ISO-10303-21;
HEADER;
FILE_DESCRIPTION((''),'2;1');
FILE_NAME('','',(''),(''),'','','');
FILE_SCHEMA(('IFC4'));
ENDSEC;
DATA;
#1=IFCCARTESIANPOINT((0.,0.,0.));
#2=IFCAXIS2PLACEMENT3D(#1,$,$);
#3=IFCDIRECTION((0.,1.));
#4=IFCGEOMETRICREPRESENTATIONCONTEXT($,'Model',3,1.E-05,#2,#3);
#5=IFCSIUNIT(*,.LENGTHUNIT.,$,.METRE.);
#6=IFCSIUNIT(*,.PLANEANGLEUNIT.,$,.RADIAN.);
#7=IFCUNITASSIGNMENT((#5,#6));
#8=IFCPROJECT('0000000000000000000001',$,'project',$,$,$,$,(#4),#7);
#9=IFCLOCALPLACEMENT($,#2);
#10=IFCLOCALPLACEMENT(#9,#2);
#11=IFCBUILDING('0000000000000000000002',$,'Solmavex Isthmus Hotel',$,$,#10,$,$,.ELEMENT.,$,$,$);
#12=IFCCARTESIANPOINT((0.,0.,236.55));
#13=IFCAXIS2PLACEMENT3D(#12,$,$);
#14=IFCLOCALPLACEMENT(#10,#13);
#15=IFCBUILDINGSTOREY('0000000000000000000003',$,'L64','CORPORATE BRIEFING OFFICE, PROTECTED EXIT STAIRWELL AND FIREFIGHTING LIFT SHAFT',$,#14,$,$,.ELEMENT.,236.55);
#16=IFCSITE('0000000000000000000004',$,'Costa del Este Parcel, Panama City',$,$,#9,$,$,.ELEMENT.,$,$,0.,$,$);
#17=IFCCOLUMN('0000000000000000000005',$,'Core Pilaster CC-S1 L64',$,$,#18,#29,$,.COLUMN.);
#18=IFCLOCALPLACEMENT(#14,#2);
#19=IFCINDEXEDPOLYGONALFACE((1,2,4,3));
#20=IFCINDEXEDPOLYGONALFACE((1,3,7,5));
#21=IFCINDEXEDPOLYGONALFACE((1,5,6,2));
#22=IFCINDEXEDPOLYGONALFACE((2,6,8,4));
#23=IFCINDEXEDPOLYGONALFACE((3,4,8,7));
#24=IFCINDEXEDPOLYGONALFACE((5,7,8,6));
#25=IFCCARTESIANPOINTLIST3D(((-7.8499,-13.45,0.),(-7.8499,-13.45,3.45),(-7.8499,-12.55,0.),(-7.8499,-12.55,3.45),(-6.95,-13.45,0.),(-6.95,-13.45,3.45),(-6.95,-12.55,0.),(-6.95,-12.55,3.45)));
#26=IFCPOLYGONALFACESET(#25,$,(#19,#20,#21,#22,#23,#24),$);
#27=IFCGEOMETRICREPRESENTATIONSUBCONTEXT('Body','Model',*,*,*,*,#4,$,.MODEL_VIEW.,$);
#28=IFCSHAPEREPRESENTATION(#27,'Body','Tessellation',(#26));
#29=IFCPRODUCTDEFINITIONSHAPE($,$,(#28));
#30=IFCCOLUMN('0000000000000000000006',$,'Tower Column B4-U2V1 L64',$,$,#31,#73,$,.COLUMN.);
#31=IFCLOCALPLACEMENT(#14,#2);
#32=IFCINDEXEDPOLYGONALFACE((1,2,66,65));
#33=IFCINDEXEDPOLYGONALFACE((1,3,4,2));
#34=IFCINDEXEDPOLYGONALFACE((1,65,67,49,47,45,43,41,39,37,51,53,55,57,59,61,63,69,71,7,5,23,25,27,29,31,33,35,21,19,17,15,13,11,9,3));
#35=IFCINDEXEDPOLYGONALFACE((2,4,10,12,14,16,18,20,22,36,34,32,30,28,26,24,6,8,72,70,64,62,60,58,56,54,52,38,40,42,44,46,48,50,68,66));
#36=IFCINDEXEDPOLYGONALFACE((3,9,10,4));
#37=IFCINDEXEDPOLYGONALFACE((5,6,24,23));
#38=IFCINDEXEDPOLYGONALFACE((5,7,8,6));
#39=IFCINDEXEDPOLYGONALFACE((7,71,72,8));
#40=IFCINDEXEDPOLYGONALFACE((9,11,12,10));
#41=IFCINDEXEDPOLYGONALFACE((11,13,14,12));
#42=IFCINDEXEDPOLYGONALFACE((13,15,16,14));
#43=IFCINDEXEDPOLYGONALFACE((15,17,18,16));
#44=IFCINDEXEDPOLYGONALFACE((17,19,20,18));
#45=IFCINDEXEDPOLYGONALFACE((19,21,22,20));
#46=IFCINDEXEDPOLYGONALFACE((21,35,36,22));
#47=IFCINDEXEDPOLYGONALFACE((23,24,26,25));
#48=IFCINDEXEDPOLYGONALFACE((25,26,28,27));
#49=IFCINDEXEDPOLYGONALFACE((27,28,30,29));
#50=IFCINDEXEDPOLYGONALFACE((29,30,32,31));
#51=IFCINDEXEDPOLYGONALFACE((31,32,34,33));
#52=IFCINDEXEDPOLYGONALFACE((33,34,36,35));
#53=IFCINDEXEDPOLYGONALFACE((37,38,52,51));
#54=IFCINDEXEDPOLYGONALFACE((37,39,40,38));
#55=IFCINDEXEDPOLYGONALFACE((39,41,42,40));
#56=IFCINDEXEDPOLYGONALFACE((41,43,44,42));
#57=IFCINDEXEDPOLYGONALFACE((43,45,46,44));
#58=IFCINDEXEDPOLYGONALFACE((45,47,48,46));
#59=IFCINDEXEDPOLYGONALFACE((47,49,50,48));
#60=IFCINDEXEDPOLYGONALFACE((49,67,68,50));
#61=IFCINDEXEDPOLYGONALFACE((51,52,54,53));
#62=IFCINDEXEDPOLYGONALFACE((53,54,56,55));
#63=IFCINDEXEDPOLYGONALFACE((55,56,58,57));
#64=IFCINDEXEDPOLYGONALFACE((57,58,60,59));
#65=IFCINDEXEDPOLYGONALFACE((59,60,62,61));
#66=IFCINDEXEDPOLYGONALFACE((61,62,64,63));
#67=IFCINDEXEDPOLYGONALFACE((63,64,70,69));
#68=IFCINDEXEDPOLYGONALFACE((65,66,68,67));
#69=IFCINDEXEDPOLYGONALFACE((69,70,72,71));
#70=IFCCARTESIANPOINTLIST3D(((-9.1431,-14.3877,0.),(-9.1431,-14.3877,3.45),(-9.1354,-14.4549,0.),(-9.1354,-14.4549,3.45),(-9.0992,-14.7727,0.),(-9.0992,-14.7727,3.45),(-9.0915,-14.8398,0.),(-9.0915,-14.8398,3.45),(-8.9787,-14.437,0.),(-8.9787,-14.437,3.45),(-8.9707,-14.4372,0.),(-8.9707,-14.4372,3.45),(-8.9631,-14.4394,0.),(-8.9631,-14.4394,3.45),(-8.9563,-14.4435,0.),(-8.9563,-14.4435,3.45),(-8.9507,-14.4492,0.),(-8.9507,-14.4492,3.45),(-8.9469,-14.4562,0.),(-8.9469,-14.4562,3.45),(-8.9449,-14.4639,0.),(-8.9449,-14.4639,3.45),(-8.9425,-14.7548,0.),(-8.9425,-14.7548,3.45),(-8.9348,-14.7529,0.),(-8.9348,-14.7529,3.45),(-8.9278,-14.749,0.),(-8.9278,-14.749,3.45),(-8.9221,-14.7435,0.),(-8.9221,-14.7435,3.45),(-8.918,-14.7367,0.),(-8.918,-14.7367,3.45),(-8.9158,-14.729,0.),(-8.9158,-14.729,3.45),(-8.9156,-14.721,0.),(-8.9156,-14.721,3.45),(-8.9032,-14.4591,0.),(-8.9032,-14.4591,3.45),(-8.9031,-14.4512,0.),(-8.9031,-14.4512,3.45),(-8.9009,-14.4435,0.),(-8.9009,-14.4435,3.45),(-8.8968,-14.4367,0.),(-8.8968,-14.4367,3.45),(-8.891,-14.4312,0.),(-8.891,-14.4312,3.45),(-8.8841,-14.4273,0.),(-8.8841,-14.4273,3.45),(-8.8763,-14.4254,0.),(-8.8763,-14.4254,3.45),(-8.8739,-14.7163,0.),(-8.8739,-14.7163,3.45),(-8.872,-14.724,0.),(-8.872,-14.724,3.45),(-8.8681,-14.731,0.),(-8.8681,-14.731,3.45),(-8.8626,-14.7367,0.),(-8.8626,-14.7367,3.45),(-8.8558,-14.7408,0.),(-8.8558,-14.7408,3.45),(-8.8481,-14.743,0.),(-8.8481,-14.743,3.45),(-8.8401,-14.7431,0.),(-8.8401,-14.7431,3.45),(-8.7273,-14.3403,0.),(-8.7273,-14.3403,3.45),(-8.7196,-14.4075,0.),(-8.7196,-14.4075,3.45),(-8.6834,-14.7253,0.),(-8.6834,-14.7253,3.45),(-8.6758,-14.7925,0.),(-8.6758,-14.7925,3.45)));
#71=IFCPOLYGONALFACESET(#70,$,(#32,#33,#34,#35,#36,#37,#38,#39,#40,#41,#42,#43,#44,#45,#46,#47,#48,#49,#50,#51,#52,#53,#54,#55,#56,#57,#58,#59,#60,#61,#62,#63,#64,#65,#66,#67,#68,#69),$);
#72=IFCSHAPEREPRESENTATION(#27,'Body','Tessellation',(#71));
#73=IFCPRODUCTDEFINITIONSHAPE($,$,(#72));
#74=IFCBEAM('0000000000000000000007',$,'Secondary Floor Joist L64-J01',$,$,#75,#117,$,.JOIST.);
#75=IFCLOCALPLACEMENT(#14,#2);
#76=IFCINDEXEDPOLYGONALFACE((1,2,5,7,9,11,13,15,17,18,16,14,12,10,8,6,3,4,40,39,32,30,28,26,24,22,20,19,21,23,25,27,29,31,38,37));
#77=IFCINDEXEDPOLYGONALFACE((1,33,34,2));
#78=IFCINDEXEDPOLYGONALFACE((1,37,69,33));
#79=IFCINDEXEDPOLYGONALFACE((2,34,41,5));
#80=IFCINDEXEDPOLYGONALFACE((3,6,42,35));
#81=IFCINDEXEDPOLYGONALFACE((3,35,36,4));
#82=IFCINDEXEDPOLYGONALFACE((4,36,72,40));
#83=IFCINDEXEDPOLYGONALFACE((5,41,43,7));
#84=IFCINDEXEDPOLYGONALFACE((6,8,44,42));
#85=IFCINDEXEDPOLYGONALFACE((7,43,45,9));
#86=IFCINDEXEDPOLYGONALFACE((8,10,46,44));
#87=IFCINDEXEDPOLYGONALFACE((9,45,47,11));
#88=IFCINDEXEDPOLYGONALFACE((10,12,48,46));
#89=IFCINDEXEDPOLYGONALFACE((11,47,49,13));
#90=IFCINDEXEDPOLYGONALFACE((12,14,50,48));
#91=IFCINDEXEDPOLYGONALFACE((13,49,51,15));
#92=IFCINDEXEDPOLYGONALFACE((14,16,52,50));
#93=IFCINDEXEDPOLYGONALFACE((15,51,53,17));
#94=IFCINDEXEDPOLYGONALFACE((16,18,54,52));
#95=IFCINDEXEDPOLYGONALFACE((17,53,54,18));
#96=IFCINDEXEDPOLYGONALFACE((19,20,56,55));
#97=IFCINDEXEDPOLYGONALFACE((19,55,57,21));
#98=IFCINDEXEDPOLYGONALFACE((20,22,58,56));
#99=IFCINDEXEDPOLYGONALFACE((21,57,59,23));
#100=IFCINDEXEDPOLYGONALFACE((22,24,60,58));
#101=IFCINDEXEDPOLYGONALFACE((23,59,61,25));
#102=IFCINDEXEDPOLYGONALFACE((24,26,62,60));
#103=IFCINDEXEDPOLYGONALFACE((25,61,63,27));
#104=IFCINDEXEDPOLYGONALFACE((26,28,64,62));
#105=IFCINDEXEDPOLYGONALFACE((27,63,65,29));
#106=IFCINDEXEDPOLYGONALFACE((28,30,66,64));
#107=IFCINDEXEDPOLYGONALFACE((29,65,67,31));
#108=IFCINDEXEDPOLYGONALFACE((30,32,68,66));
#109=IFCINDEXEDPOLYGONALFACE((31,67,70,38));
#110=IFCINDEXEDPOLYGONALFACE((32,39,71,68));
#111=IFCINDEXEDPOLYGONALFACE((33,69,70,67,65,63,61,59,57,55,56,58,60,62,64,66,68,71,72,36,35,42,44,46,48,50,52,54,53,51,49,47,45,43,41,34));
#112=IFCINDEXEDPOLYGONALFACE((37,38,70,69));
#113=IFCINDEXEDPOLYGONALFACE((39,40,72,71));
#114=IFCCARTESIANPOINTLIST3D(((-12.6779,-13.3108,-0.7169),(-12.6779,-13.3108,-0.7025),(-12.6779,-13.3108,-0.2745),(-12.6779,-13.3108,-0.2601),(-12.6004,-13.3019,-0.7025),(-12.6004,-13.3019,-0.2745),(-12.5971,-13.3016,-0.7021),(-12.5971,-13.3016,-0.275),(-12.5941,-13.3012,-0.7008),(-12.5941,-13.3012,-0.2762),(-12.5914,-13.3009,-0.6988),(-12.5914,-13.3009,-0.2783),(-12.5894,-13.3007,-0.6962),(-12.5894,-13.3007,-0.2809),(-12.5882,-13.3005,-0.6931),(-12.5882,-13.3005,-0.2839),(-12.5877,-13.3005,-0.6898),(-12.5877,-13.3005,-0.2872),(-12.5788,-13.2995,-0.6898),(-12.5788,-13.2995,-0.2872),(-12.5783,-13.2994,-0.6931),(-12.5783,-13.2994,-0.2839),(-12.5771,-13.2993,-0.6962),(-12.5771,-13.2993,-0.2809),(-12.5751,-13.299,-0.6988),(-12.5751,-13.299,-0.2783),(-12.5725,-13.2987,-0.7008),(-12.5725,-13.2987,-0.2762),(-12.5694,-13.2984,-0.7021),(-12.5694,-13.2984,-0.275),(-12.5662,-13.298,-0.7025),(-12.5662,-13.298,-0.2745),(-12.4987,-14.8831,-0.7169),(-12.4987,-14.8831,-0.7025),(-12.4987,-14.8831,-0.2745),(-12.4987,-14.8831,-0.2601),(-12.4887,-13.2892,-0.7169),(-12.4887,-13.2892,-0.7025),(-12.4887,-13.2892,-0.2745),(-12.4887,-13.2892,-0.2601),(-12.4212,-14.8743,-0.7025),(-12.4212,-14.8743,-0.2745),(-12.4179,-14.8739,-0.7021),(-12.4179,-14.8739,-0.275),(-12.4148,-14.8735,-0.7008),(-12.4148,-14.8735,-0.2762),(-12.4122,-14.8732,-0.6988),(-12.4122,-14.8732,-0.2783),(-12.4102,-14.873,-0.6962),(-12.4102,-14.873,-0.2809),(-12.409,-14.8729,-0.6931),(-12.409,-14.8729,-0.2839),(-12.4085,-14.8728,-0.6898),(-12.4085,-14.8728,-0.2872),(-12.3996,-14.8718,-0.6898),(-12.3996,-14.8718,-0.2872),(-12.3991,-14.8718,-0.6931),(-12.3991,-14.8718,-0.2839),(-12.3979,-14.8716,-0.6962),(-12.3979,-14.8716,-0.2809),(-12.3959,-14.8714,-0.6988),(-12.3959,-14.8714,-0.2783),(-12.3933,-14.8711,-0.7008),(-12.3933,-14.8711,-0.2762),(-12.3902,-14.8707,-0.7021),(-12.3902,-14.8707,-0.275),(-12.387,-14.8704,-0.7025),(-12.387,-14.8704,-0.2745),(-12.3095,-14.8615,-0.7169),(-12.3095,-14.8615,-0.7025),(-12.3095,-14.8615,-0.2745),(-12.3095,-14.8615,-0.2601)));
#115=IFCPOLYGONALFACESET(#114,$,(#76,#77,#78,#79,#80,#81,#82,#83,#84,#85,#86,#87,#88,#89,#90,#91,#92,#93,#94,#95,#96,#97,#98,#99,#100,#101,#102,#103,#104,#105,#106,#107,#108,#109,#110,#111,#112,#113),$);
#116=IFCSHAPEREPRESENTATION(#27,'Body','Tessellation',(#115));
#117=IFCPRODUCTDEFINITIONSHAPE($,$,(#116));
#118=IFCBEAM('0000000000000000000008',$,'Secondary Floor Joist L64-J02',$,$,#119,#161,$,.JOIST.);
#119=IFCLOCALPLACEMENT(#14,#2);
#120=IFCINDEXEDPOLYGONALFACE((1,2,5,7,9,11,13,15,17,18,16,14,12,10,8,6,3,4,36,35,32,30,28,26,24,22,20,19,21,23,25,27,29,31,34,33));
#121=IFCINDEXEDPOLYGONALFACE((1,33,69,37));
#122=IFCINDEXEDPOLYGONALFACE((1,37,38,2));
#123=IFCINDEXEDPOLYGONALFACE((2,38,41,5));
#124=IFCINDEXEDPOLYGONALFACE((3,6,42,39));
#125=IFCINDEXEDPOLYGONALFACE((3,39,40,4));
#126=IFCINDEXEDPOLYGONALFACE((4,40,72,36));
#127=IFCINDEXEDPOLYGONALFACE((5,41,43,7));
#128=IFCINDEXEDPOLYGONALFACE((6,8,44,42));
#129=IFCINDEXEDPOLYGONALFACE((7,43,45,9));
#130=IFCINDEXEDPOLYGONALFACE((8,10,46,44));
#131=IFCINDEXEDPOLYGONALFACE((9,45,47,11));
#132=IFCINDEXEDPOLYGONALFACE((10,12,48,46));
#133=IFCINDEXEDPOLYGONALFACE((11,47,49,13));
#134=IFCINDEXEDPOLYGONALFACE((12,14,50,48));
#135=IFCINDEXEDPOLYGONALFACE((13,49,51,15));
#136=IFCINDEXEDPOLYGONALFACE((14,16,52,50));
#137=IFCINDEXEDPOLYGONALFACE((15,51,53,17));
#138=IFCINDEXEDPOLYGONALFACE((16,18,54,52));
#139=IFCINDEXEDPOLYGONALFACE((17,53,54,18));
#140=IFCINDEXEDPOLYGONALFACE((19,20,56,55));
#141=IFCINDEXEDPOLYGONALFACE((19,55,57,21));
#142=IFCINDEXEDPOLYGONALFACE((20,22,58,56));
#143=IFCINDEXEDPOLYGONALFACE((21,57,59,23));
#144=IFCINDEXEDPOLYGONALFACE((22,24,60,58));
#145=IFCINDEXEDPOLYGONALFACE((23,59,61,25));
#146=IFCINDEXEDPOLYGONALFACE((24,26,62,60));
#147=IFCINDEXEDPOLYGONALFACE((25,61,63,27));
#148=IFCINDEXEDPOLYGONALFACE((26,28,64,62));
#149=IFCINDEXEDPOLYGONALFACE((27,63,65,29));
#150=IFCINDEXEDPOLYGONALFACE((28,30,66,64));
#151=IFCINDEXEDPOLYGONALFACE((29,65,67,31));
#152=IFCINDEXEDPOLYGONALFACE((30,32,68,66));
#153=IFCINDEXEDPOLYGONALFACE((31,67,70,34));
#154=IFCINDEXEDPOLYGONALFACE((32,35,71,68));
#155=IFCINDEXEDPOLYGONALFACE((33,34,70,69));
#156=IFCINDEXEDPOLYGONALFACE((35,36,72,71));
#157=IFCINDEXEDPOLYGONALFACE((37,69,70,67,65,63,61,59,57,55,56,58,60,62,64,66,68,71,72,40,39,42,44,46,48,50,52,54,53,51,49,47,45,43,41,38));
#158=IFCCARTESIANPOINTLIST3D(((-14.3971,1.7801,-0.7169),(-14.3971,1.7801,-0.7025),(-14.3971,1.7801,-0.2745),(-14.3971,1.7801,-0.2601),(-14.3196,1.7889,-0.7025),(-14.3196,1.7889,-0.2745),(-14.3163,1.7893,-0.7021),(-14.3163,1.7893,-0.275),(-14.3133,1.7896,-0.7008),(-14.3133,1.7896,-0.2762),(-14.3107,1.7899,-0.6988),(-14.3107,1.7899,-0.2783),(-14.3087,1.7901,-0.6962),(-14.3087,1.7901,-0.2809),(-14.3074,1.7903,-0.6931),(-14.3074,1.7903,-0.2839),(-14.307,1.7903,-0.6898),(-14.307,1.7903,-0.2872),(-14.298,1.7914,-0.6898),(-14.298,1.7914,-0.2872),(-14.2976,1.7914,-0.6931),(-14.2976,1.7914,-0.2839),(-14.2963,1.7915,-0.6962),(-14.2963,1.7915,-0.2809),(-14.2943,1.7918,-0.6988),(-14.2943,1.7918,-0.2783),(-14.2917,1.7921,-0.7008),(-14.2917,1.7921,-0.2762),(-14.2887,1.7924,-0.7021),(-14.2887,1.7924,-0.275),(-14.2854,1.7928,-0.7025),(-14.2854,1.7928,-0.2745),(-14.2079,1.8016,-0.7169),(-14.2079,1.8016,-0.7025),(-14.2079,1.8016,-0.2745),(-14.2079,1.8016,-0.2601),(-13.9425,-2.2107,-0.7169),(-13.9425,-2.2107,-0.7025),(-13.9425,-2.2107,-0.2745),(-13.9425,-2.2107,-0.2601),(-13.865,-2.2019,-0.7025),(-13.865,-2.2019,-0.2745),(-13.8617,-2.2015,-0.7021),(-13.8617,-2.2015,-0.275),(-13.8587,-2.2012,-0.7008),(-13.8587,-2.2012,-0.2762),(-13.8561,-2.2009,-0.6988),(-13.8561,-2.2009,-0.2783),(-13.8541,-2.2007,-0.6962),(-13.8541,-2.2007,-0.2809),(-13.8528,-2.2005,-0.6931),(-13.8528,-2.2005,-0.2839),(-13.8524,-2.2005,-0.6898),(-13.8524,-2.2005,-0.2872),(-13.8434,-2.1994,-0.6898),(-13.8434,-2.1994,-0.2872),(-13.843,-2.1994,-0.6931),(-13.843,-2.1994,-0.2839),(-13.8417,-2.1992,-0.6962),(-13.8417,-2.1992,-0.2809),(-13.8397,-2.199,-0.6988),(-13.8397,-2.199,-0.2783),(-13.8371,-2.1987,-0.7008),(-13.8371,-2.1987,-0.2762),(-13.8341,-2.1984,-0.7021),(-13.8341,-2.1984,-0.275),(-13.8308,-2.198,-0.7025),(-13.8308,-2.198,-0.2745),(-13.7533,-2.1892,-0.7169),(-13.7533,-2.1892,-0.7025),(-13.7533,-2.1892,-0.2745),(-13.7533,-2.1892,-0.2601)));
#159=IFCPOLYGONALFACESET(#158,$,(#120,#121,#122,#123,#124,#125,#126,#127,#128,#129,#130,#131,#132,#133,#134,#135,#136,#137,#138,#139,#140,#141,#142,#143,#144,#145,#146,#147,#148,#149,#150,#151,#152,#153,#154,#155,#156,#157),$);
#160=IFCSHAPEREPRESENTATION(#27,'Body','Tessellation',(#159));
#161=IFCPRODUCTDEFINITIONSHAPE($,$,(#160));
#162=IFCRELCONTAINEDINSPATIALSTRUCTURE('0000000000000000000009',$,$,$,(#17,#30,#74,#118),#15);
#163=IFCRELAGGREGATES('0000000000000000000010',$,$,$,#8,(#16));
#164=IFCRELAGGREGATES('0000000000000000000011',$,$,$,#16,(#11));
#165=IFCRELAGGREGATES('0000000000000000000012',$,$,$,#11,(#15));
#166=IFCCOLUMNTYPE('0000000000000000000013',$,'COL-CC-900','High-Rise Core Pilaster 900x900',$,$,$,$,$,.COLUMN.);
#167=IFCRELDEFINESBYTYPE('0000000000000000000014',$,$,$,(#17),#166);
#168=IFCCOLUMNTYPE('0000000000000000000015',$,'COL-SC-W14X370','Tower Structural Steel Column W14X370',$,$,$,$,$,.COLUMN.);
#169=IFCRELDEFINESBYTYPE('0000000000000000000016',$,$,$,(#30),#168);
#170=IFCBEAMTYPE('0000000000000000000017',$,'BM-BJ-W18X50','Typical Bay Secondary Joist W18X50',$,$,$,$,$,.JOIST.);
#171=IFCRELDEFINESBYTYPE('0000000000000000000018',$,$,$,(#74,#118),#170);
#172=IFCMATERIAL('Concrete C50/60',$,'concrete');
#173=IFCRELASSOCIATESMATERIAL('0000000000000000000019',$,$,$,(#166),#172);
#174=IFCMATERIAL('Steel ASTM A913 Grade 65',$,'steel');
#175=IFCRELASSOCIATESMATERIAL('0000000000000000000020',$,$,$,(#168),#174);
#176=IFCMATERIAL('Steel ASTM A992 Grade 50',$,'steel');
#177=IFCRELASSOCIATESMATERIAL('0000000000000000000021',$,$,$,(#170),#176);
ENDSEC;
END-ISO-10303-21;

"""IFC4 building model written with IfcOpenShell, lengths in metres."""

from ifc_helpers import new_model, si_unit, direction, frame, origin, origin_2d, place, context, subcontext, project, spatial, rectangle, i_section, extrude, material, material_profile, profile_set, type_object, element, save


model = new_model("IFC4")

# Units and contexts
model_context = context("Model", 3, precision=1e-05, world=origin(), true_north=direction((0.0, 1.0)))
body_context = subcontext(model_context, "Body", "Model", "MODEL_VIEW")
ifc_project = project(units=[si_unit("LENGTHUNIT", "METRE"), si_unit("PLANEANGLEUNIT", "RADIAN")], contexts=[model_context])

# Site, building, storey
site_placement = place(None, origin())
site = spatial("IfcSite", under=ifc_project, at=site_placement, Name="Costa del Este Parcel, Panama City", CompositionType="ELEMENT", RefElevation=0.0)
building_placement = place(site_placement, origin())
building = spatial("IfcBuilding", under=site, at=building_placement, Name="Solmavex Isthmus Hotel", CompositionType="ELEMENT")
storey_placement = place(building_placement, frame((0.0, 0.0, 236.55)))
storey = spatial("IfcBuildingStorey", under=building, at=storey_placement, Name="L64", Description="CORPORATE BRIEFING OFFICE, PROTECTED EXIT STAIRWELL AND FIREFIGHTING LIFT SHAFT", CompositionType="ELEMENT", Elevation=236.55)

# Columns
ifc_material_1 = material(Name="Concrete C50/60", Category="concrete")
ifc_material_profile_1 = material_profile(ifc_material_1, rectangle(XDim=0.8999, YDim=0.8999, at=origin_2d()), Name="RC900X900")
ifc_profile_set_1 = profile_set([ifc_material_profile_1], Name="Concrete C50/60")
column_type_1 = type_object("IfcColumnType", Name="COL-CC-900", Description="High-Rise Core Pilaster 900x900", PredefinedType="COLUMN", material=ifc_profile_set_1)
column_1_placement = place(storey_placement, frame((-7.3999, -13.0, 0.0), z_axis=(0.0, 0.0, 1.0), x_axis=(1.0, 0.0, 0.0)))
element("IfcColumn", 1, at=column_1_placement, inside=storey, type_object=column_type_1, Name="Core Pilaster CC-S1 L64", PredefinedType="COLUMN", context=body_context, shape_type="SweptSolid", body=[
    extrude(rectangle(XDim=0.8999, YDim=0.8999, at=origin_2d()), origin(), (0.0, 0.0, 1.0), 3.45),
])
ifc_material_2 = material(Name="Steel ASTM A913 Grade 65", Category="steel")
ifc_material_profile_2 = material_profile(ifc_material_2, i_section(OverallWidth=0.4185, OverallDepth=0.4551, WebThickness=0.042, FlangeThickness=0.0676, FilletRadius=0.0305, at=origin_2d()), Name="W14X370")
ifc_profile_set_2 = profile_set([ifc_material_profile_2], Name="Steel ASTM A913 Grade 65")
column_type_2 = type_object("IfcColumnType", Name="COL-SC-W14X370", Description="Tower Structural Steel Column W14X370", PredefinedType="COLUMN", material=ifc_profile_set_2)
column_2_placement = place(storey_placement, frame((-8.9094, -14.5901, 0.0), z_axis=(0.0, 0.0, 1.0), x_axis=(0.993572, 0.113203, 0.0)))
element("IfcColumn", 2, at=column_2_placement, inside=storey, type_object=column_type_2, Name="Tower Column B4-U2V1 L64", PredefinedType="COLUMN", context=body_context, shape_type="SweptSolid", body=[
    extrude(i_section(OverallWidth=0.4185, OverallDepth=0.4551, WebThickness=0.042, FlangeThickness=0.0676, FilletRadius=0.0305, at=origin_2d()), origin(), (0.0, 0.0, 1.0), 3.45),
])

# Beams
ifc_material_3 = material(Name="Steel ASTM A992 Grade 50", Category="steel")
ifc_material_profile_3 = material_profile(ifc_material_3, i_section(OverallWidth=0.1904, OverallDepth=0.4568, WebThickness=0.009, FlangeThickness=0.0144, FilletRadius=0.0127, at=origin_2d()), Name="W18X50")
ifc_profile_set_3 = profile_set([ifc_material_profile_3], Name="Steel ASTM A992 Grade 50")
beam_type_1 = type_object("IfcBeamType", Name="BM-BJ-W18X50", Description="Typical Bay Secondary Joist W18X50", PredefinedType="JOIST", material=ifc_profile_set_3)
beam_1_placement = place(storey_placement, frame((-12.4041, -14.8723, -0.4885), z_axis=(-0.113242, 0.993567, 0.0), x_axis=(-0.993567, -0.113242, 0.0)))
element("IfcBeam", 3, at=beam_1_placement, inside=storey, type_object=beam_type_1, Name="Secondary Floor Joist L64-J01", PredefinedType="JOIST", context=body_context, shape_type="SweptSolid", body=[
    extrude(i_section(OverallWidth=0.1904, OverallDepth=0.4568, WebThickness=0.009, FlangeThickness=0.0144, FilletRadius=0.0127, at=origin_2d()), origin(), (0.0, 0.0, 1.0), 1.5825),
])
beam_2_placement = place(storey_placement, frame((-13.8479, -2.2, -0.4885), z_axis=(-0.11318, 0.993575, 0.0), x_axis=(-0.993575, -0.11318, 0.0)))
element("IfcBeam", 4, at=beam_2_placement, inside=storey, type_object=beam_type_1, Name="Secondary Floor Joist L64-J02", PredefinedType="JOIST", context=body_context, shape_type="SweptSolid", body=[
    extrude(i_section(OverallWidth=0.1904, OverallDepth=0.4568, WebThickness=0.009, FlangeThickness=0.0144, FilletRadius=0.0127, at=origin_2d()), origin(), (0.0, 0.0, 1.0), 4.0166),
])

save(model, "model.ifc")
